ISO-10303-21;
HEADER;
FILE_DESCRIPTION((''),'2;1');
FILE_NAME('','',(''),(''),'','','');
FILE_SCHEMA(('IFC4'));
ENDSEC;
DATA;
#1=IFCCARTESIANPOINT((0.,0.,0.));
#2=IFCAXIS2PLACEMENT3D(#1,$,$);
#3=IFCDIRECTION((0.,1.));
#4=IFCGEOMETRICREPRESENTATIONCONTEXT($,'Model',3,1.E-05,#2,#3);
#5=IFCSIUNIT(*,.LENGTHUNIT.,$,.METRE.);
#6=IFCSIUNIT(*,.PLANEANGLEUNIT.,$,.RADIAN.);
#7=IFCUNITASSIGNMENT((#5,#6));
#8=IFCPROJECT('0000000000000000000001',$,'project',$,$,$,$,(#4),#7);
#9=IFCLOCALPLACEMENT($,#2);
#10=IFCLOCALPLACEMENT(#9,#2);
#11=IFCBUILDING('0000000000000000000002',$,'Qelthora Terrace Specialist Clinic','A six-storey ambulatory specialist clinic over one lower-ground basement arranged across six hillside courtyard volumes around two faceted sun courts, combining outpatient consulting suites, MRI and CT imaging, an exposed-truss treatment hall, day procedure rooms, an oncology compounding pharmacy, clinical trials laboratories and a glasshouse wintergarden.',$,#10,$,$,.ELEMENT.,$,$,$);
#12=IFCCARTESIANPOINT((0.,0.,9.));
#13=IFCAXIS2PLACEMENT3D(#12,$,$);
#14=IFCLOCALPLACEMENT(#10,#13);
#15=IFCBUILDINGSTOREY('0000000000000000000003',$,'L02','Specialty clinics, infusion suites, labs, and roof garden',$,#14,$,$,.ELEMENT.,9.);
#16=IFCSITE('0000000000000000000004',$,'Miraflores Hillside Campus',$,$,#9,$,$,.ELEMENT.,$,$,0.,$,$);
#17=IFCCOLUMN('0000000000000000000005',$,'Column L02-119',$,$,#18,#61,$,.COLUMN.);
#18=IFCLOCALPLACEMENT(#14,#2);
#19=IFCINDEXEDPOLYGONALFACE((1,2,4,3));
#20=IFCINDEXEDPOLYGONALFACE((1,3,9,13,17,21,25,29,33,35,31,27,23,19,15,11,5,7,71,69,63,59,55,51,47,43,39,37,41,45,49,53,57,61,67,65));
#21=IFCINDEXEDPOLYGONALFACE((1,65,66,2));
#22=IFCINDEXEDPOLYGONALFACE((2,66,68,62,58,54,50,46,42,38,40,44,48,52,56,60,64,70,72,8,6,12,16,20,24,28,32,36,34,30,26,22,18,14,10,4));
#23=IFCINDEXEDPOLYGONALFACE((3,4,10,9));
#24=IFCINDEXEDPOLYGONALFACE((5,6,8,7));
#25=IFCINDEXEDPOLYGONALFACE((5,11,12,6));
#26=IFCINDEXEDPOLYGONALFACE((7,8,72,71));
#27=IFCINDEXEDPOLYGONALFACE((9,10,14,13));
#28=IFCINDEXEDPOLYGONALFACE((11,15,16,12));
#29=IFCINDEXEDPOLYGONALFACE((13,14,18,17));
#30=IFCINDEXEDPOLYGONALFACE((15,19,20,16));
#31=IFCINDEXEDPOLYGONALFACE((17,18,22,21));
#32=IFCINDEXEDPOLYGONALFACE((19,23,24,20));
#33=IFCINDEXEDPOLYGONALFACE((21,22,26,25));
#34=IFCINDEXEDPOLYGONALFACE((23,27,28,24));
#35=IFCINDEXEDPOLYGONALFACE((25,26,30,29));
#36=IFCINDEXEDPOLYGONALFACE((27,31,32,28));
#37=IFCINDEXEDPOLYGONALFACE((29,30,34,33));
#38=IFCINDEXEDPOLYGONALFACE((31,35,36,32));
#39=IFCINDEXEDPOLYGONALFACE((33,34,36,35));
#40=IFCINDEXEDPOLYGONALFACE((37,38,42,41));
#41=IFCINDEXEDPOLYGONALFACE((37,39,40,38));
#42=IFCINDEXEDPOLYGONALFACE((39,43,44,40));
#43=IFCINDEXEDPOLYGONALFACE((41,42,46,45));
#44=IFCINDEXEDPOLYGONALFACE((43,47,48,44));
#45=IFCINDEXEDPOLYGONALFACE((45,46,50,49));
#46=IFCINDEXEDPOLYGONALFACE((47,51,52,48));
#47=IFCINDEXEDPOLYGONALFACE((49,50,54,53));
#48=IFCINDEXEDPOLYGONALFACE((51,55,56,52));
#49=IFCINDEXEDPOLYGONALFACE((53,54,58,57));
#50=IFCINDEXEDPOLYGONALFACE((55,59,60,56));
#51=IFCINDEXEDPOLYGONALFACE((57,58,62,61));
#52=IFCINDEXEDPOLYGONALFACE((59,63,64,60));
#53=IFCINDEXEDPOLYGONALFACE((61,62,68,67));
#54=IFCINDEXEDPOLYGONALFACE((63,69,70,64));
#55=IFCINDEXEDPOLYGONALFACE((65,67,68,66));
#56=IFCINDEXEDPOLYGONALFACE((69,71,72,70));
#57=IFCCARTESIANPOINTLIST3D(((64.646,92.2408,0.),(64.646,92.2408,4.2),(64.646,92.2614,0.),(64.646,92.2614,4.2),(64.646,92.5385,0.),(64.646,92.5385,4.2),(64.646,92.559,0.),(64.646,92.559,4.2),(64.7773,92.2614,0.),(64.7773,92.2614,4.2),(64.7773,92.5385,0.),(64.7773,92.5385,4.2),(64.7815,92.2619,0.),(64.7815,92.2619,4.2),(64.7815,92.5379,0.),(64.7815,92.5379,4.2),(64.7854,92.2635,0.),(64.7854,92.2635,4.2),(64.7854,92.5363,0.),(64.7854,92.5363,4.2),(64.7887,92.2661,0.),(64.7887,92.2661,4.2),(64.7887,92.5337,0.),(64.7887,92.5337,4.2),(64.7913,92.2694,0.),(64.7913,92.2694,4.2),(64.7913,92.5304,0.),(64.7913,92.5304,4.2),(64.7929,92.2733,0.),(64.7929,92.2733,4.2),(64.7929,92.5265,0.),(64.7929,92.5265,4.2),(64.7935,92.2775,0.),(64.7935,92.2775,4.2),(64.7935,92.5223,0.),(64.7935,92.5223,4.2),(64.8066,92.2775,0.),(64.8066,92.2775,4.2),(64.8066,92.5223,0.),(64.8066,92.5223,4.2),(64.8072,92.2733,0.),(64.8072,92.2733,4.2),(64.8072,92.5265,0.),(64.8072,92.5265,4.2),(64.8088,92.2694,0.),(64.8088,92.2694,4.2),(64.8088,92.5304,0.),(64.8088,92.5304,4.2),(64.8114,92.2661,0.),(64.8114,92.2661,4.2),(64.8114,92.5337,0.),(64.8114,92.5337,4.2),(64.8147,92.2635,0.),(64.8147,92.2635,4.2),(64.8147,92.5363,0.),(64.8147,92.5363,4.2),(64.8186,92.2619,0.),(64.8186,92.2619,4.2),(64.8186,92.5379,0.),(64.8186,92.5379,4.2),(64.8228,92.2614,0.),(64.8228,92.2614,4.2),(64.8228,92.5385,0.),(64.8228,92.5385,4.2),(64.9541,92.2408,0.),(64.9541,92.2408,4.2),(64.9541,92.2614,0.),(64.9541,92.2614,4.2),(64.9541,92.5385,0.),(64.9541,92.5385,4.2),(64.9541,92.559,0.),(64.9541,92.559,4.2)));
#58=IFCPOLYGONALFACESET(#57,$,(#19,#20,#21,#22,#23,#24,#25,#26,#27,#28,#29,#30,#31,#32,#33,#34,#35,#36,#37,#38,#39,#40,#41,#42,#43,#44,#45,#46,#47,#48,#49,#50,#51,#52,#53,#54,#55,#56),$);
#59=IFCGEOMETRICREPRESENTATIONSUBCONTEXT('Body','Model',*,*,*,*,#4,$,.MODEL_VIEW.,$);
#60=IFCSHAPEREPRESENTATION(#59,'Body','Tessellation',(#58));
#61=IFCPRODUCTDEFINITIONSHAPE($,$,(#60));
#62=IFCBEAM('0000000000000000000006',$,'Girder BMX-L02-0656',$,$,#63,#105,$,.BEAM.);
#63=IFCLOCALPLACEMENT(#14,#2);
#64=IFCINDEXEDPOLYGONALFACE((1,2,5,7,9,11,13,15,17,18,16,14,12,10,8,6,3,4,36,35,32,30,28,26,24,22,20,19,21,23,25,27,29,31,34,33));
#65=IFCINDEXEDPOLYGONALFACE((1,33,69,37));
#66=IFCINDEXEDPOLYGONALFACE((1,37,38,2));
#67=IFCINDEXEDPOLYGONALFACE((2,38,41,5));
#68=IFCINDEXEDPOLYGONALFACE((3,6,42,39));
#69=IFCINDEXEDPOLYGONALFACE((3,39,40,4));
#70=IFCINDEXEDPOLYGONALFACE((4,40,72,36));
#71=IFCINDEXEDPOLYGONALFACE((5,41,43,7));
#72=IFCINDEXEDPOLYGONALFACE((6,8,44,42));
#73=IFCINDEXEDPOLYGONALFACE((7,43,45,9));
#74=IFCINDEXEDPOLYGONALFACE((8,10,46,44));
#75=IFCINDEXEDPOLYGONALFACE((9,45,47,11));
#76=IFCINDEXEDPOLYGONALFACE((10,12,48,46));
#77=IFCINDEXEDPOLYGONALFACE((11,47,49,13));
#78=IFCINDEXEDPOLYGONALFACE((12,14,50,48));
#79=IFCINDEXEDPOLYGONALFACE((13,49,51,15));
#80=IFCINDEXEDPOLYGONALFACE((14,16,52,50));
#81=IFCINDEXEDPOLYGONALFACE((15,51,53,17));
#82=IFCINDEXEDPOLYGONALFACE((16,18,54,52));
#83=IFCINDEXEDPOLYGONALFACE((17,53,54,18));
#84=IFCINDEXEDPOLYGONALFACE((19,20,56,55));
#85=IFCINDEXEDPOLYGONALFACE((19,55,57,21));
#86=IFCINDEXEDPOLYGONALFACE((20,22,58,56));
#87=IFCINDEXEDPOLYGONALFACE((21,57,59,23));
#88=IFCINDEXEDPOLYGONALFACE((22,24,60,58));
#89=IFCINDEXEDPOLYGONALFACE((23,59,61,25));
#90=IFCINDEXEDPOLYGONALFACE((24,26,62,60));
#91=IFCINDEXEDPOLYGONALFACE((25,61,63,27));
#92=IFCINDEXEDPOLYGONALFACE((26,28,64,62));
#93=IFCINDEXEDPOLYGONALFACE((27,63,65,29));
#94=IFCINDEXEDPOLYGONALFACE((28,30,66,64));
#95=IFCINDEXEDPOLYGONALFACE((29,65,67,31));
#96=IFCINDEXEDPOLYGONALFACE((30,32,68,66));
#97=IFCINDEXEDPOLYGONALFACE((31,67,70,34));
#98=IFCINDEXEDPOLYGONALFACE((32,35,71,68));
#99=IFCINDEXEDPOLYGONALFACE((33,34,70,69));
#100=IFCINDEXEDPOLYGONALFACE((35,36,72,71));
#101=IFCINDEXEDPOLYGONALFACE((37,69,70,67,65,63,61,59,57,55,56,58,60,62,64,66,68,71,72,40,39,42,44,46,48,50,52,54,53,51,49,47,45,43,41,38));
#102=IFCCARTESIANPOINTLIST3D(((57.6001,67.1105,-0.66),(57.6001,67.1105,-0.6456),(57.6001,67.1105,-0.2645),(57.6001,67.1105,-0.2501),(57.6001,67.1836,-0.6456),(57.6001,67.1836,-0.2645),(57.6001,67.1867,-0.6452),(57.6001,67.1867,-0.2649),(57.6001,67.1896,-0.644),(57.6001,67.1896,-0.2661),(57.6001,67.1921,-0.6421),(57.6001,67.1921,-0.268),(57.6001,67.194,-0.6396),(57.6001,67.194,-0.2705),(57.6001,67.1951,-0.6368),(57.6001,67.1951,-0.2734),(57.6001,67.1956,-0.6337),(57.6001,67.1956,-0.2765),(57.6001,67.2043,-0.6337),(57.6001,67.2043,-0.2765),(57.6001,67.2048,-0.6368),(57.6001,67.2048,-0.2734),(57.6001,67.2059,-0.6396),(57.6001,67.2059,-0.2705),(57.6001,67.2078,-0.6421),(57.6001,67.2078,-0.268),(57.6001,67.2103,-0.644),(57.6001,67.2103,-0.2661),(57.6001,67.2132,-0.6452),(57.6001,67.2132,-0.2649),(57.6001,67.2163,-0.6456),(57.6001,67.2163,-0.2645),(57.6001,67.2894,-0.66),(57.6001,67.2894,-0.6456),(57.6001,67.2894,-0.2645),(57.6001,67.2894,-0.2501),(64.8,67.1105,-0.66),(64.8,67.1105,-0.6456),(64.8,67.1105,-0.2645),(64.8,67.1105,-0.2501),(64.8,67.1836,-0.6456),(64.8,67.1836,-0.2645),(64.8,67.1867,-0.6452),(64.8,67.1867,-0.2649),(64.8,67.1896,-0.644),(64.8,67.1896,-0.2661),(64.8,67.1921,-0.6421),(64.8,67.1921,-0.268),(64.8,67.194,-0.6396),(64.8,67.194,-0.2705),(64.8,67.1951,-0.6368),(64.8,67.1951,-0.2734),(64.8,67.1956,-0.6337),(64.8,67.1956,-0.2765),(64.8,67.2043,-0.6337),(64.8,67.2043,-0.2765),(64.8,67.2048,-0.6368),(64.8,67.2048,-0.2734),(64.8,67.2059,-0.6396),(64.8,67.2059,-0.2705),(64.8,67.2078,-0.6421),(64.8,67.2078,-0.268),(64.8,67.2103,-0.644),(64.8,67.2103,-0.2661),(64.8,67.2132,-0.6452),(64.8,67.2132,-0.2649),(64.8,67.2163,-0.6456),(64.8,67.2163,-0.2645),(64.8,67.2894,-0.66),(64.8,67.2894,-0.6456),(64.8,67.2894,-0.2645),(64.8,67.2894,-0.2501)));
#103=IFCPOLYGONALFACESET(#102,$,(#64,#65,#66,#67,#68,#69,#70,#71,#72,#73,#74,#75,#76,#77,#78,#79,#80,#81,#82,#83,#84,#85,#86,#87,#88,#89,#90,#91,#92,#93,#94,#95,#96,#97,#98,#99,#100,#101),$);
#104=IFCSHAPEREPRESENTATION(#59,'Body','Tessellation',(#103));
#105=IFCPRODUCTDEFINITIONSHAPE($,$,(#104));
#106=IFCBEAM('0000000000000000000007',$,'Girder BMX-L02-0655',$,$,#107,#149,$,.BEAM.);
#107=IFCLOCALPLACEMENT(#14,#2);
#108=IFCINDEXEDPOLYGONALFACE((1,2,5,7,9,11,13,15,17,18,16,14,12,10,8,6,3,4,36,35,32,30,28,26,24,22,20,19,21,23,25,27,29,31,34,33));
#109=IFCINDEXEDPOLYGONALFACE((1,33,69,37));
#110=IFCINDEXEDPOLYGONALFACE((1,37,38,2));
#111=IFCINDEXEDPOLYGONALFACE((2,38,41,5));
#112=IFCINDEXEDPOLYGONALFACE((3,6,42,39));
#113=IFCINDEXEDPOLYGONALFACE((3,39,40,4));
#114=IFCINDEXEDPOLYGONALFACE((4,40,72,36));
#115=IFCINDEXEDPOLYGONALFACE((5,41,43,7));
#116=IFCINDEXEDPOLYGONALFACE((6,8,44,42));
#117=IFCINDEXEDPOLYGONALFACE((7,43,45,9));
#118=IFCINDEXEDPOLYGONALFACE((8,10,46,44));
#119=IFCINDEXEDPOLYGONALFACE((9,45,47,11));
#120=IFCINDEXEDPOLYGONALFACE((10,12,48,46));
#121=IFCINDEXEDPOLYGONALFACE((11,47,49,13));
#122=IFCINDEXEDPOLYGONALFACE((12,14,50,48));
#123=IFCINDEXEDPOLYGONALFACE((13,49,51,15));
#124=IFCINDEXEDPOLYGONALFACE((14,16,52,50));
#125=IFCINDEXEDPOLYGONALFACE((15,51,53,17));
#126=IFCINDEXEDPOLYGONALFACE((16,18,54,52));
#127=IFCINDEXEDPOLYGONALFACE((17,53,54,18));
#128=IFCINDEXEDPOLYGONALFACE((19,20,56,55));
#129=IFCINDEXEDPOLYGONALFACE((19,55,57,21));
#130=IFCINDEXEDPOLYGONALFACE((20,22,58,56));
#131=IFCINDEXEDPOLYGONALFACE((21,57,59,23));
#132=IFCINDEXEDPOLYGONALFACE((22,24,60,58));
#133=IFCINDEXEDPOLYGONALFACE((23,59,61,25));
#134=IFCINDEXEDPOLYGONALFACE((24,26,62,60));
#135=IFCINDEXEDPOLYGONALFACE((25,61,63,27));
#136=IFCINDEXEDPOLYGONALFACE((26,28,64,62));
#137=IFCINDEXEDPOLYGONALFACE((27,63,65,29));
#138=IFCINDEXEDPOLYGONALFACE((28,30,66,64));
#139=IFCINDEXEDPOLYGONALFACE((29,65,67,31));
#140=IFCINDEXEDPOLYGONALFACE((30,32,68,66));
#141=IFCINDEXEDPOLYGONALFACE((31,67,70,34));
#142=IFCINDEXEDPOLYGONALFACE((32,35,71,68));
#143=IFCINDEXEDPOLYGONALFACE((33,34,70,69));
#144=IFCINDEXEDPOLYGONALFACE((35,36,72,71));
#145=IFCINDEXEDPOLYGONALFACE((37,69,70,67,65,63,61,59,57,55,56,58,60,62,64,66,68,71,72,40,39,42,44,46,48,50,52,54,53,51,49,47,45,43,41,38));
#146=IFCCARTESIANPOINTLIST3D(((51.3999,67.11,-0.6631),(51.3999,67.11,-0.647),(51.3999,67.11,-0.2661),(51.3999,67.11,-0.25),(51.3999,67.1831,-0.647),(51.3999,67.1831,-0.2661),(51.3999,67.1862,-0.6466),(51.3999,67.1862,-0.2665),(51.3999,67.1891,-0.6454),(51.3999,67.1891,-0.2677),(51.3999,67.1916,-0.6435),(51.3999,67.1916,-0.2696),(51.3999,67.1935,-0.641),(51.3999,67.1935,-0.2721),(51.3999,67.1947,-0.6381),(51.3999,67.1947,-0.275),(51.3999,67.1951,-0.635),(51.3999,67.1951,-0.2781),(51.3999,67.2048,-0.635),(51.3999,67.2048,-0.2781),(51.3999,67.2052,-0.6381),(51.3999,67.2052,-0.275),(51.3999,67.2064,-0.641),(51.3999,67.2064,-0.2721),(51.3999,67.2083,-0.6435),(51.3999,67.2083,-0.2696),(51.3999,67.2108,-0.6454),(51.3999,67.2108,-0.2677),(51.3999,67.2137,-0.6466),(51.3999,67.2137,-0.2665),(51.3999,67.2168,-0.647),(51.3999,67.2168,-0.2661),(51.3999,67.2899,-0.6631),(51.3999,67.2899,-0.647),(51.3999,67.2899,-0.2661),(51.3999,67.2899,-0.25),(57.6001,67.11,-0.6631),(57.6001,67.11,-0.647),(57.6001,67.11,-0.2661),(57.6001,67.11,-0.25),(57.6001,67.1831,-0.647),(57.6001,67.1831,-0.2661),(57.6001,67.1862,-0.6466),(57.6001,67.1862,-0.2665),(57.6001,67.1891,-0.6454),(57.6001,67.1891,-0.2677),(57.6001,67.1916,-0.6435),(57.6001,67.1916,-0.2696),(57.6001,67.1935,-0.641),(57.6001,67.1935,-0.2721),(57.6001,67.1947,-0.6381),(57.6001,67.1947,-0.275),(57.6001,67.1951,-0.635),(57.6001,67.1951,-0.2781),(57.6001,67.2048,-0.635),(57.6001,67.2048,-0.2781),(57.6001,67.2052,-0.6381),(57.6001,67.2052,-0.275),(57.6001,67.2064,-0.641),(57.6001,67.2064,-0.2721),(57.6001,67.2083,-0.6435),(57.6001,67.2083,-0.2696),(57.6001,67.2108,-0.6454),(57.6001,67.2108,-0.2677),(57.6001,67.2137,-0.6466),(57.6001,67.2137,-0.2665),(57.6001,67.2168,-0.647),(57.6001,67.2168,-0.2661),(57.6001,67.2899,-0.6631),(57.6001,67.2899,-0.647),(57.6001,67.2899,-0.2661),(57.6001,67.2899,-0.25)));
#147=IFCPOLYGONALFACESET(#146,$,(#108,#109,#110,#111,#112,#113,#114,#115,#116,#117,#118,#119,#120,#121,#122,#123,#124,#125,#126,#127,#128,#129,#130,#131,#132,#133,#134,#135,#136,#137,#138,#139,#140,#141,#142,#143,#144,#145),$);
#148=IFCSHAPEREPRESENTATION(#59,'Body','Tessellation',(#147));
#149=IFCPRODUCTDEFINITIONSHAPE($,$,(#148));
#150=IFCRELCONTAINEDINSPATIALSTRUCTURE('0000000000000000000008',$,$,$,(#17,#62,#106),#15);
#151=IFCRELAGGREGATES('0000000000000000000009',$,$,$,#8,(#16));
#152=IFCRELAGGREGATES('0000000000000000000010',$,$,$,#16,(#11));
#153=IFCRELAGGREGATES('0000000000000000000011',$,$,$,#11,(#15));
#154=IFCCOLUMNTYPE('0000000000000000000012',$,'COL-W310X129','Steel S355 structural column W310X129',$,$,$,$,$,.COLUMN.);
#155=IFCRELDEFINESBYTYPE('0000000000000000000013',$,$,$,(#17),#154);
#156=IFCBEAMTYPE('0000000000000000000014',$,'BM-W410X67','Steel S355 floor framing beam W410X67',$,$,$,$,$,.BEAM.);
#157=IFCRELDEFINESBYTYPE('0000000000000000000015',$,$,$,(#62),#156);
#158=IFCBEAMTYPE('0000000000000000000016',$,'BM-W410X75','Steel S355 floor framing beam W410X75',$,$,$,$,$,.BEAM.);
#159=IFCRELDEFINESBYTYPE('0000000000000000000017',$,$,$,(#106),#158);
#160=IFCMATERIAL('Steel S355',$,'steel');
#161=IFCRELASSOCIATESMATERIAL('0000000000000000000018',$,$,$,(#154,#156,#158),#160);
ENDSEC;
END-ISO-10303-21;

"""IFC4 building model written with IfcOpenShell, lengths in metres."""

from ifc_helpers import new_model, si_unit, direction, frame, origin, origin_2d, place, context, subcontext, project, spatial, i_section, extrude, material, material_profile, profile_set, type_object, element, save


model = new_model("IFC4")

# Units and contexts
model_context = context("Model", 3, precision=1e-05, world=origin(), true_north=direction((0.0, 1.0)))
body_context = subcontext(model_context, "Body", "Model", "MODEL_VIEW")
ifc_project = project(units=[si_unit("LENGTHUNIT", "METRE"), si_unit("PLANEANGLEUNIT", "RADIAN")], contexts=[model_context])

# Site, building, storey
site_placement = place(None, origin())
site = spatial("IfcSite", under=ifc_project, at=site_placement, Name="Miraflores Hillside Campus", CompositionType="ELEMENT", RefElevation=0.0)
building_placement = place(site_placement, origin())
building = spatial("IfcBuilding", under=site, at=building_placement, Name="Qelthora Terrace Specialist Clinic", Description="A six-storey ambulatory specialist clinic over one lower-ground basement arranged across six hillside courtyard volumes around two faceted sun courts, combining outpatient consulting suites, MRI and CT imaging, an exposed-truss treatment hall, day procedure rooms, an oncology compounding pharmacy, clinical trials laboratories and a glasshouse wintergarden.", CompositionType="ELEMENT")
storey_placement = place(building_placement, frame((0.0, 0.0, 9.0)))
storey = spatial("IfcBuildingStorey", under=building, at=storey_placement, Name="L02", Description="Specialty clinics, infusion suites, labs, and roof garden", CompositionType="ELEMENT", Elevation=9.0)

# Column
ifc_material_1 = material(Name="Steel S355", Category="steel")
ifc_material_profile_1 = material_profile(ifc_material_1, i_section(OverallWidth=0.3081, OverallDepth=0.3181, WebThickness=0.0132, FlangeThickness=0.0205, FilletRadius=0.0161, at=origin_2d()), Name="W310X129")
ifc_profile_set_1 = profile_set([ifc_material_profile_1], Name="Steel S355")
column_type_1 = type_object("IfcColumnType", Name="COL-W310X129", Description="Steel S355 structural column W310X129", PredefinedType="COLUMN", material=ifc_profile_set_1)
for number, where, z_axis, x_axis, name in (
    (1, (64.8, 92.3999, 0.0), (0.0, 0.0, 1.0), (1.0, 0.0, 0.0), "Column L02-119"),
):
    element("IfcColumn", number, at=place(storey_placement, frame(where, z_axis=z_axis, x_axis=x_axis)), inside=storey, type_object=column_type_1, Name=name, PredefinedType="COLUMN", context=body_context, shape_type="SweptSolid", body=[
        extrude(i_section(OverallWidth=0.3081, OverallDepth=0.3181, WebThickness=0.0132, FlangeThickness=0.0205, FilletRadius=0.0161, at=origin_2d()), origin(), (0.0, 0.0, 1.0), 4.2),
    ])

# Beams
ifc_material_profile_2 = material_profile(ifc_material_1, i_section(OverallWidth=0.179, OverallDepth=0.4099, WebThickness=0.0088, FlangeThickness=0.0144, FilletRadius=0.012, at=origin_2d()), Name="W410X67")
ifc_profile_set_2 = profile_set([ifc_material_profile_2], Name="Steel S355")
beam_type_1 = type_object("IfcBeamType", Name="BM-W410X67", Description="Steel S355 floor framing beam W410X67", PredefinedType="BEAM", material=ifc_profile_set_2)
beam_1_placement = place(storey_placement, frame((57.6001, 67.2, -0.4551), z_axis=(1.0, 0.0, 0.0), x_axis=(0.0, 1.0, 0.0)))
element("IfcBeam", 2, at=beam_1_placement, inside=storey, type_object=beam_type_1, Name="Girder BMX-L02-0656", PredefinedType="BEAM", context=body_context, shape_type="SweptSolid", body=[
    extrude(i_section(OverallWidth=0.179, OverallDepth=0.4099, WebThickness=0.0088, FlangeThickness=0.0144, FilletRadius=0.012, at=origin_2d()), origin(), (0.0, 0.0, 1.0), 7.2),
])
ifc_material_profile_3 = material_profile(ifc_material_1, i_section(OverallWidth=0.1799, OverallDepth=0.4131, WebThickness=0.0098, FlangeThickness=0.0161, FilletRadius=0.012, at=origin_2d()), Name="W410X75")
ifc_profile_set_3 = profile_set([ifc_material_profile_3], Name="Steel S355")
beam_type_2 = type_object("IfcBeamType", Name="BM-W410X75", Description="Steel S355 floor framing beam W410X75", PredefinedType="BEAM", material=ifc_profile_set_3)
beam_2_placement = place(storey_placement, frame((51.3999, 67.2, -0.4565), z_axis=(1.0, 0.0, 0.0), x_axis=(0.0, 1.0, 0.0)))
element("IfcBeam", 3, at=beam_2_placement, inside=storey, type_object=beam_type_2, Name="Girder BMX-L02-0655", PredefinedType="BEAM", context=body_context, shape_type="SweptSolid", body=[
    extrude(i_section(OverallWidth=0.1799, OverallDepth=0.4131, WebThickness=0.0098, FlangeThickness=0.0161, FilletRadius=0.012, at=origin_2d()), origin(), (0.0, 0.0, 1.0), 6.2002),
])

save(model, "model.ifc")
